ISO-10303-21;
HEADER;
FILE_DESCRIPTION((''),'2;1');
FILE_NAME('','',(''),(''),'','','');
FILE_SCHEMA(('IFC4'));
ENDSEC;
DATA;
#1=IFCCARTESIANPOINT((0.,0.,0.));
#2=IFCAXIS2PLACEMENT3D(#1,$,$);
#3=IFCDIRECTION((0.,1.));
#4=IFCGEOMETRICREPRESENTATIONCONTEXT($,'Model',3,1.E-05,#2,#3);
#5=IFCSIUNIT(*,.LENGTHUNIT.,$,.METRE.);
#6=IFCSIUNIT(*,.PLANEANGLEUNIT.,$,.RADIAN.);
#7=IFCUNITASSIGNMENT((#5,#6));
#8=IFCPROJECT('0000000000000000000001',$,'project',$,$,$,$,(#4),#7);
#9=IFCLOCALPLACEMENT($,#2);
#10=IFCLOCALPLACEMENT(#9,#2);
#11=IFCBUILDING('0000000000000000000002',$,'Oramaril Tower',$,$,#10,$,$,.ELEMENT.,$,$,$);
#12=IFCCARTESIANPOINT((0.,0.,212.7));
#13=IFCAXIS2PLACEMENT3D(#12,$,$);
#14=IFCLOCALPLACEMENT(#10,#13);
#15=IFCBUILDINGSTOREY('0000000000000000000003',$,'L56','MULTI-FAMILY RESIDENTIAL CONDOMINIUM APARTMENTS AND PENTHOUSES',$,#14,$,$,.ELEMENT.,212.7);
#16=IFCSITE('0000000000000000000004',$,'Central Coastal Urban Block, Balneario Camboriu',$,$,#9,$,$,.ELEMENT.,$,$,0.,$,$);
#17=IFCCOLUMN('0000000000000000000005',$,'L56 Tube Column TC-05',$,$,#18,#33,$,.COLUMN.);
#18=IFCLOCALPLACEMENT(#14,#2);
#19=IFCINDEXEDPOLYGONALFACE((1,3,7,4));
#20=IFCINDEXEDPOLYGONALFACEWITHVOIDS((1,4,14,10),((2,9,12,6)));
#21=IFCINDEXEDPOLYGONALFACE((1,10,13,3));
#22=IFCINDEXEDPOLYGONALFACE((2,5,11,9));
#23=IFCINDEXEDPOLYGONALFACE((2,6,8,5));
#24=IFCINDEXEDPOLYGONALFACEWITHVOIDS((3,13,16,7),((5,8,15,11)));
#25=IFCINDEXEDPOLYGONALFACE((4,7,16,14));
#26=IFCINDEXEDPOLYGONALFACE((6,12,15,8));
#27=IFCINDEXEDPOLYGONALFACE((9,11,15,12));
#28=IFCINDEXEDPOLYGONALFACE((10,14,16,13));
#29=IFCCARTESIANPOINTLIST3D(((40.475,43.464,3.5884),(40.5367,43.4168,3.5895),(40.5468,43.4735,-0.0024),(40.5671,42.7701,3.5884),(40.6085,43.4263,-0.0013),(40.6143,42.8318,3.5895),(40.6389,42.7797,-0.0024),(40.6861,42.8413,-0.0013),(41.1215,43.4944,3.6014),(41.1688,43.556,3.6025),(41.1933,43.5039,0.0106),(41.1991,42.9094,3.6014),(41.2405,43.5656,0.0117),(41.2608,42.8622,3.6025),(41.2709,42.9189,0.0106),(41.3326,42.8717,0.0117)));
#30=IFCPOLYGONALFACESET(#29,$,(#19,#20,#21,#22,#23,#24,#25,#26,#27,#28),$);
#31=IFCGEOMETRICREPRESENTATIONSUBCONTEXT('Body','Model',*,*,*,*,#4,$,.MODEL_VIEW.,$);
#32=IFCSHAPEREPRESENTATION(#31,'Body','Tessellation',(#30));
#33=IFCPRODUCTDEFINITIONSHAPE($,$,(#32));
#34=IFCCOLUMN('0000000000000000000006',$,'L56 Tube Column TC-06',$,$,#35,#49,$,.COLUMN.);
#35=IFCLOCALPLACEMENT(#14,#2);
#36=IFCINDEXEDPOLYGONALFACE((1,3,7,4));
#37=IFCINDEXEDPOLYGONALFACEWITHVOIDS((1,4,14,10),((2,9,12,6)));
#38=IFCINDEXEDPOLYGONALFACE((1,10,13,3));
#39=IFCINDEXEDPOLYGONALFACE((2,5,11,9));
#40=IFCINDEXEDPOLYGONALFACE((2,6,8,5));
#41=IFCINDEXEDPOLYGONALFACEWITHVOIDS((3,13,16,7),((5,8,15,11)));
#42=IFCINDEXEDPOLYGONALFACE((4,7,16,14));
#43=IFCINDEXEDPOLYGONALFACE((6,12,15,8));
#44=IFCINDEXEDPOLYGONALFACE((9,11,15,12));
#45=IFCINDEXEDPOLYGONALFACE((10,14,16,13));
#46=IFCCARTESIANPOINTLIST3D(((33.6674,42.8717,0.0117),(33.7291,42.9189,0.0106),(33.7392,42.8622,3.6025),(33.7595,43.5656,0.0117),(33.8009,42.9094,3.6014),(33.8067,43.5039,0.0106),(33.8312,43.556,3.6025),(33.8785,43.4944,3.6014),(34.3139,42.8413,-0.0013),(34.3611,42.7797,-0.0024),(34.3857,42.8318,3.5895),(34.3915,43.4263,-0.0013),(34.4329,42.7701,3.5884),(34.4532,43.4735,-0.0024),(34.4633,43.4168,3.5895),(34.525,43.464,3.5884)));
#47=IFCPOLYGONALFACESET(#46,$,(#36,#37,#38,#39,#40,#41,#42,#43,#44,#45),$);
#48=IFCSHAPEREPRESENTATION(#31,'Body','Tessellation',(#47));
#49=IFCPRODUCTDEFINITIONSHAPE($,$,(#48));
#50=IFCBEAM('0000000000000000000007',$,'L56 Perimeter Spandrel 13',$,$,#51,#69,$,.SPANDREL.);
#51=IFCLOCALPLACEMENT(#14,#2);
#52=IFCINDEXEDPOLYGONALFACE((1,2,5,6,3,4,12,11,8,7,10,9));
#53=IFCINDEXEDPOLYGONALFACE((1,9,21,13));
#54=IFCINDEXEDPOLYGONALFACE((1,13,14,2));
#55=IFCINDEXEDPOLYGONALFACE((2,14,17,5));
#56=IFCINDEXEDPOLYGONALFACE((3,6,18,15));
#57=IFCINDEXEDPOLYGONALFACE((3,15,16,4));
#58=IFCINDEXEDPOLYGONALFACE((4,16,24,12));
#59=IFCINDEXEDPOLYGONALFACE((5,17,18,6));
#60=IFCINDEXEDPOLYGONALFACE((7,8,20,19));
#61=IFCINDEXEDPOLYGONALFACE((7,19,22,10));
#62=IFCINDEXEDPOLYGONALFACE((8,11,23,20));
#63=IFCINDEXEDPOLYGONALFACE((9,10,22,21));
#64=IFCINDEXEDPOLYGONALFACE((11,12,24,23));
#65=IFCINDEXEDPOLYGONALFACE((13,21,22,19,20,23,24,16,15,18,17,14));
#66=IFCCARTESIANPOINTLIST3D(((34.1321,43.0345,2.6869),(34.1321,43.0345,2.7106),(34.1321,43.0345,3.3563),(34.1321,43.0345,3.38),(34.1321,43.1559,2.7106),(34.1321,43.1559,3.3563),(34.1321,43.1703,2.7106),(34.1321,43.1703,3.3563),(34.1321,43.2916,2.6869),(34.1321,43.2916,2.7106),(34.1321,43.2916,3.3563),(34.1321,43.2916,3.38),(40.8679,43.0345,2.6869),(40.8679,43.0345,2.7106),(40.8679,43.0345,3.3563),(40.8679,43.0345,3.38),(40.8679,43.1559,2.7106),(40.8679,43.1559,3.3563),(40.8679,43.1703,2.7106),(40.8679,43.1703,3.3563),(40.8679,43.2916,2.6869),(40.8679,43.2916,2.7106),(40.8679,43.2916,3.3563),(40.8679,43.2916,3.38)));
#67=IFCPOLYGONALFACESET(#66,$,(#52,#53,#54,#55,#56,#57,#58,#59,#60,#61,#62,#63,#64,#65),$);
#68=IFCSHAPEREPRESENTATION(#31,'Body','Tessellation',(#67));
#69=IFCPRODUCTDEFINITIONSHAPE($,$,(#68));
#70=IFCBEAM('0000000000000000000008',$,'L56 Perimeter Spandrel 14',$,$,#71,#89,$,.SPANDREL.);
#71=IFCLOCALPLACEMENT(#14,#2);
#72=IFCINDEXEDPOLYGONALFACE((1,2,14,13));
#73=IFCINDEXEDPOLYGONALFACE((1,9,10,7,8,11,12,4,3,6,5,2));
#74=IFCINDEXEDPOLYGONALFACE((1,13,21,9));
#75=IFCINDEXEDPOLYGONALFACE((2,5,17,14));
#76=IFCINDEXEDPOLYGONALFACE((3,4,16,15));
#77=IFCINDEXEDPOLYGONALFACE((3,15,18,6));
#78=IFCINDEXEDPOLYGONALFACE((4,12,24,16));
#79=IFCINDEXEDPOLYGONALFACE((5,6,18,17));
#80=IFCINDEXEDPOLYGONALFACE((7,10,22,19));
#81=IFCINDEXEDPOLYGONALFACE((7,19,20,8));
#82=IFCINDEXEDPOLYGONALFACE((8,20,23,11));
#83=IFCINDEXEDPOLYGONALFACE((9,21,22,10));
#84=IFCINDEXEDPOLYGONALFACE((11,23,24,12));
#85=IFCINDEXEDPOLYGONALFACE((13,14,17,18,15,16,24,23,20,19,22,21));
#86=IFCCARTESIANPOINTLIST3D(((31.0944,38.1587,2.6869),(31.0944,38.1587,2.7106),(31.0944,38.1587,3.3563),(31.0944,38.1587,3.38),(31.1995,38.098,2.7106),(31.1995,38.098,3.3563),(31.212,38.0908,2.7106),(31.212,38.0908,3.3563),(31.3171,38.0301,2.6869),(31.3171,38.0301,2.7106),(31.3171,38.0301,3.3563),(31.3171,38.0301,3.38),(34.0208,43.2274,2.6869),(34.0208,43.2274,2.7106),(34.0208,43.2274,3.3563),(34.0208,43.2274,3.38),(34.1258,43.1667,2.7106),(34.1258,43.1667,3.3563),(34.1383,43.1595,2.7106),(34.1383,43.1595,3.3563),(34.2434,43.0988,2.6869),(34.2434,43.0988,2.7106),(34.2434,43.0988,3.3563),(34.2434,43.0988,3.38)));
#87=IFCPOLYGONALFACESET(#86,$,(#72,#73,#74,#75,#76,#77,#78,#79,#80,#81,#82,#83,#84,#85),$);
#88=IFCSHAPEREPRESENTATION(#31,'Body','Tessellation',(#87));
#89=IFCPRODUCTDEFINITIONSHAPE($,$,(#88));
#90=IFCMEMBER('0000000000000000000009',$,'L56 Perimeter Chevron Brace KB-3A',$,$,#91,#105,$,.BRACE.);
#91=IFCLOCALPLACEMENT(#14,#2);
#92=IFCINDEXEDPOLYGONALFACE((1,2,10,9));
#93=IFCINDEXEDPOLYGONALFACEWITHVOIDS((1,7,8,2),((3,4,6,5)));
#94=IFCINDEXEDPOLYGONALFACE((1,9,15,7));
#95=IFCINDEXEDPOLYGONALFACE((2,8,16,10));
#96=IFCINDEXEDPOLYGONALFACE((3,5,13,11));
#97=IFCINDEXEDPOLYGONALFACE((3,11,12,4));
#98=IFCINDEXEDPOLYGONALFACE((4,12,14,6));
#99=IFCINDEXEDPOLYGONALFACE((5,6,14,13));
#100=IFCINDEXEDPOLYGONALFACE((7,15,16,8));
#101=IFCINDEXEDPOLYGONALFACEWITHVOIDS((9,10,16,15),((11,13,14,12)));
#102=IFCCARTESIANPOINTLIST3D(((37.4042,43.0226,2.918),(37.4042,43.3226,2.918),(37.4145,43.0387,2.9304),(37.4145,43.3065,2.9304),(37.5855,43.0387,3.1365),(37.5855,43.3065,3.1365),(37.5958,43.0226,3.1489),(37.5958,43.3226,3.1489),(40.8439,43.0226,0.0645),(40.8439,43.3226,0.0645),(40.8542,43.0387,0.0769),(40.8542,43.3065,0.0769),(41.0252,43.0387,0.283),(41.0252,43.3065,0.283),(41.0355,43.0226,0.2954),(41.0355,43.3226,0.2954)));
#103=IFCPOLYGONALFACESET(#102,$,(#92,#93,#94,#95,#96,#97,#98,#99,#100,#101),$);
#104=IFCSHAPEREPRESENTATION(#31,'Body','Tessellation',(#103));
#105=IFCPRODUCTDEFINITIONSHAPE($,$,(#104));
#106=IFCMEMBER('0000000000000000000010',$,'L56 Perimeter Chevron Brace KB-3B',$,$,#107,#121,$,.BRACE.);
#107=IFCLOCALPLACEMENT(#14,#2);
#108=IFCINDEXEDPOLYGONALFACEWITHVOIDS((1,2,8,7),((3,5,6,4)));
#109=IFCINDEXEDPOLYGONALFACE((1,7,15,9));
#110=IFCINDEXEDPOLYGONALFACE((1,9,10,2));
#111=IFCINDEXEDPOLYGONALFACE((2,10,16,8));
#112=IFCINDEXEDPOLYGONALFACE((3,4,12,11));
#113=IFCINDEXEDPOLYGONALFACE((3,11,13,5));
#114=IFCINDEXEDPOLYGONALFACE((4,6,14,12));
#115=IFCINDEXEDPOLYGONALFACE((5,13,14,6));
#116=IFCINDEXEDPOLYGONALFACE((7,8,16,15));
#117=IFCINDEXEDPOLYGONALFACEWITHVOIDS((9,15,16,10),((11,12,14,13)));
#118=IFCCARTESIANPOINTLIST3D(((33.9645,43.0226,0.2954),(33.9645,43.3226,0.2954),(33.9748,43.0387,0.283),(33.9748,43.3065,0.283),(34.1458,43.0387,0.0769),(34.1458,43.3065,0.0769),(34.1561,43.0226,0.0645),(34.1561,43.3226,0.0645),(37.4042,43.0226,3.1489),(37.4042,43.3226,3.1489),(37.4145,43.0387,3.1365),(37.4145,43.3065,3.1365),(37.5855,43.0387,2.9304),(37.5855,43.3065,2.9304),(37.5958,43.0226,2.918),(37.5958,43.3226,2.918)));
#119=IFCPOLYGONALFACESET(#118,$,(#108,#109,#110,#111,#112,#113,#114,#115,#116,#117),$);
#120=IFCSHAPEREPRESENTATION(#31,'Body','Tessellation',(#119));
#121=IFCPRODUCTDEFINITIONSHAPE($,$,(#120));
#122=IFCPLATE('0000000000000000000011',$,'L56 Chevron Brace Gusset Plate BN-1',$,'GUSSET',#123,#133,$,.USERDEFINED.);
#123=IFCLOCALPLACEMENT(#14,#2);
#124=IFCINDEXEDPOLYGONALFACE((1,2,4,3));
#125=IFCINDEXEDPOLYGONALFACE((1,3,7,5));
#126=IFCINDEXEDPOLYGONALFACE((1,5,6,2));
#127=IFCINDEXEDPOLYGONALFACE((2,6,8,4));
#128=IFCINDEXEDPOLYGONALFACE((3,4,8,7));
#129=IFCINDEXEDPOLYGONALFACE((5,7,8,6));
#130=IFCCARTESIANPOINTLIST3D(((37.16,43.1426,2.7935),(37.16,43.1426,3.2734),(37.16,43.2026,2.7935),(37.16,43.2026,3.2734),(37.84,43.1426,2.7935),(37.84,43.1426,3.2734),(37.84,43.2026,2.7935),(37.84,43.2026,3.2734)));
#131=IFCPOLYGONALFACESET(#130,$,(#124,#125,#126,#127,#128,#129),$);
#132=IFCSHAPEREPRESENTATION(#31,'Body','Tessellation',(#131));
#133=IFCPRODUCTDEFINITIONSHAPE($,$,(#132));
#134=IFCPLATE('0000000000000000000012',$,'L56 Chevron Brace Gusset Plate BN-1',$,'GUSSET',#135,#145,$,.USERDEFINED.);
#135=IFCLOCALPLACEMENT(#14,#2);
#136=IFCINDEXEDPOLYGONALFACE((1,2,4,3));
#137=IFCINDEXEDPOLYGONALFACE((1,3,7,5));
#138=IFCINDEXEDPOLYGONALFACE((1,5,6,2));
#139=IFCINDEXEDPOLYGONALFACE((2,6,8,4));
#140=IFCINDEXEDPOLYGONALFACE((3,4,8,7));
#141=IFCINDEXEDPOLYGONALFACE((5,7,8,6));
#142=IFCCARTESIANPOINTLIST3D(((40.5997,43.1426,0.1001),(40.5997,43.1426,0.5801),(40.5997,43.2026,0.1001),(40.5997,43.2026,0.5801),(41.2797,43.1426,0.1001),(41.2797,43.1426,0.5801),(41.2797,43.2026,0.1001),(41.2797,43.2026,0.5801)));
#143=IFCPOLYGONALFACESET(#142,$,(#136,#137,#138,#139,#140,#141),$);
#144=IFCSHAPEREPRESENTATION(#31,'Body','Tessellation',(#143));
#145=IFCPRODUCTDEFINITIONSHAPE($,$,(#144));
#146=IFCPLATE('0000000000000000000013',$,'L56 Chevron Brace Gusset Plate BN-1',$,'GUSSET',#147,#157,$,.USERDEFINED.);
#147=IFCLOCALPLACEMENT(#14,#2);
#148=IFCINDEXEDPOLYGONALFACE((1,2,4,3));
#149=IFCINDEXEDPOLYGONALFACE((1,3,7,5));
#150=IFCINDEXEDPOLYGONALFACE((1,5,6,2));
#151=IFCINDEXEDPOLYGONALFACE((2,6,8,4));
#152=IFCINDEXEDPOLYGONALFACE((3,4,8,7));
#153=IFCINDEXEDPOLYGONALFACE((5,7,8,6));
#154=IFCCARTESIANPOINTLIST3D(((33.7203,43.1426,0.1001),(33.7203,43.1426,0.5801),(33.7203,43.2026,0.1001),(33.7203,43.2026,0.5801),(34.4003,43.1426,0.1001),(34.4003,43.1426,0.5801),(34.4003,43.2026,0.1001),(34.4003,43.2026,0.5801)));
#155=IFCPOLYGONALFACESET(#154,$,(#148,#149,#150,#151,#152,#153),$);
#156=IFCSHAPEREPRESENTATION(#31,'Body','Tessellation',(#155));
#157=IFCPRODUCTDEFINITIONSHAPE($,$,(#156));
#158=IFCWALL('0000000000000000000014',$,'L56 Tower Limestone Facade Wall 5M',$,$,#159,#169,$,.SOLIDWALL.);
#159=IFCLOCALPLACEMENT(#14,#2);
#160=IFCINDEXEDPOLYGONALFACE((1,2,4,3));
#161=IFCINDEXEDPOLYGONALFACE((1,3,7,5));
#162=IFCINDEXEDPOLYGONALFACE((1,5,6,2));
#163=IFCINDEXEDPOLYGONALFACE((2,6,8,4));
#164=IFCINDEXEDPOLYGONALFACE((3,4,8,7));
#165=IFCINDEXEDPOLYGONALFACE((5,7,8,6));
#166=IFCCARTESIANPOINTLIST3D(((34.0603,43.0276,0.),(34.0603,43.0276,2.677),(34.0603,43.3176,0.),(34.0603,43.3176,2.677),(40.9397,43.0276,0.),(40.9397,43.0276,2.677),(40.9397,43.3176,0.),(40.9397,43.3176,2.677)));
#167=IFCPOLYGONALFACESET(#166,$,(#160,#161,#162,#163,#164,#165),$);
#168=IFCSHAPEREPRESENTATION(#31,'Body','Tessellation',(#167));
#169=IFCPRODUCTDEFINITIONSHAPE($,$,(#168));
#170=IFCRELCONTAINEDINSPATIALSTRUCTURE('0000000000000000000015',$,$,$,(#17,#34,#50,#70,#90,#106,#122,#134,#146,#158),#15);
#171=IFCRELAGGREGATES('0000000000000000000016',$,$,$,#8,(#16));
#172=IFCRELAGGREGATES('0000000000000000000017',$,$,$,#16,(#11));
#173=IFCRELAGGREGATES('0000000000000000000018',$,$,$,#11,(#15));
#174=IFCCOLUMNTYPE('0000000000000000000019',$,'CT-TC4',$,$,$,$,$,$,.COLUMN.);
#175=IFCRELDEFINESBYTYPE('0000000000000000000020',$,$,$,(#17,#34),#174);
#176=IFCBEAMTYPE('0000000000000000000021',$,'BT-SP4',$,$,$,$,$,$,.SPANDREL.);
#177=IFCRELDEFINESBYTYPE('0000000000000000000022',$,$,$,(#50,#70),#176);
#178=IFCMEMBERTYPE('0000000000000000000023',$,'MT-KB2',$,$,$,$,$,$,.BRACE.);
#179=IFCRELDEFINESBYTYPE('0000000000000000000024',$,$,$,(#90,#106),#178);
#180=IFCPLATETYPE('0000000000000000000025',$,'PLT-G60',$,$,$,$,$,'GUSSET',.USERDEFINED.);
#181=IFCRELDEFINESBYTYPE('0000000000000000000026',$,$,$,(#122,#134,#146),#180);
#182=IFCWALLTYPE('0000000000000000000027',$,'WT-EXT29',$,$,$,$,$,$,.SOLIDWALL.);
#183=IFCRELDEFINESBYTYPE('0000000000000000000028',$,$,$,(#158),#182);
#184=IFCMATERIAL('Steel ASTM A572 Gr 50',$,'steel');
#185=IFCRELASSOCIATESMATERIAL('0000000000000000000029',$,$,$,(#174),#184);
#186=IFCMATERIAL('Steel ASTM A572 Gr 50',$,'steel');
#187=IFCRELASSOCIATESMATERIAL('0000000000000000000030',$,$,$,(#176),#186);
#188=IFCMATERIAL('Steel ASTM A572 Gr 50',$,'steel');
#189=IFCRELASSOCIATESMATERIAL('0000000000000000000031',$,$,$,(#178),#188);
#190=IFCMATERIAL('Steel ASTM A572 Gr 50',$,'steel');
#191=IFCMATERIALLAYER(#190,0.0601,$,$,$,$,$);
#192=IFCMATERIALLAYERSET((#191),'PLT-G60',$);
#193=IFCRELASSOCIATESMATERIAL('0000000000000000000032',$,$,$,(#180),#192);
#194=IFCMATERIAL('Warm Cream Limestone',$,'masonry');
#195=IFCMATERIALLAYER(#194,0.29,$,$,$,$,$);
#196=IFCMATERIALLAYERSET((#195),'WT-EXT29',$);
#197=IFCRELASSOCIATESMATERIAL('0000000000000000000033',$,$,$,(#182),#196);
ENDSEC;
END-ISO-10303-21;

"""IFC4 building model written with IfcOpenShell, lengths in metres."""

from ifc_helpers import new_model, si_unit, direction, frame, frame_2d, origin, origin_2d, place, context, subcontext, project, spatial, rectangle, hollow_rectangle, i_section, extrude, material, layer, layer_set, material_profile, profile_set, type_object, element, save


model = new_model("IFC4")

# Units and contexts
model_context = context("Model", 3, precision=1e-05, world=origin(), true_north=direction((0.0, 1.0)))
body_context = subcontext(model_context, "Body", "Model", "MODEL_VIEW")
ifc_project = project(units=[si_unit("LENGTHUNIT", "METRE"), si_unit("PLANEANGLEUNIT", "RADIAN")], contexts=[model_context])

# Site, building, storey
site_placement = place(None, origin())
site = spatial("IfcSite", under=ifc_project, at=site_placement, Name="Central Coastal Urban Block, Balneario Camboriu", CompositionType="ELEMENT", RefElevation=0.0)
building_placement = place(site_placement, origin())
building = spatial("IfcBuilding", under=site, at=building_placement, Name="Oramaril Tower", CompositionType="ELEMENT")
storey_placement = place(building_placement, frame((0.0, 0.0, 212.7)))
storey = spatial("IfcBuildingStorey", under=building, at=storey_placement, Name="L56", Description="MULTI-FAMILY RESIDENTIAL CONDOMINIUM APARTMENTS AND PENTHOUSES", CompositionType="ELEMENT", Elevation=212.7)

# Columns
ifc_material_1 = material(Name="Steel ASTM A572 Gr 50", Category="steel")
ifc_material_profile_1 = material_profile(ifc_material_1, hollow_rectangle(XDim=0.7, YDim=0.7, WallThickness=0.0549, at=origin_2d()), Name="BOX700X700X55")
ifc_profile_set_1 = profile_set([ifc_material_profile_1], Name="Steel ASTM A572 Gr 50")
column_type = type_object("IfcColumnType", Name="CT-TC4", PredefinedType="COLUMN", material=ifc_profile_set_1)
for number, where, z_axis, x_axis, name in (
    (1, (40.9397, 43.1726, 0.0046), (-0.019985, -0.002651, 0.999797), (0.131501, -0.991316, 0.0), "L56 Tube Column TC-05"),
    (2, (34.0603, 43.1726, 0.0046), (0.019985, -0.002651, 0.999797), (0.131501, 0.991316, 0.0), "L56 Tube Column TC-06"),
):
    element("IfcColumn", number, at=place(storey_placement, frame(where, z_axis=z_axis, x_axis=x_axis)), inside=storey, type_object=column_type, Name=name, PredefinedType="COLUMN", context=body_context, shape_type="SweptSolid", body=[
        extrude(hollow_rectangle(XDim=0.7, YDim=0.7, WallThickness=0.0549, at=origin_2d()), origin(), (0.0, 0.0, 1.0), 3.5916),
    ])

# Beams
ifc_material_2 = material(Name="Steel ASTM A572 Gr 50", Category="steel")
ifc_material_profile_2 = material_profile(ifc_material_2, i_section(OverallWidth=0.2571, OverallDepth=0.6931, WebThickness=0.0144, FlangeThickness=0.0237, at=origin_2d()), Name="W27X114")
ifc_profile_set_2 = profile_set([ifc_material_profile_2], Name="Steel ASTM A572 Gr 50")
beam_type = type_object("IfcBeamType", Name="BT-SP4", PredefinedType="SPANDREL", material=ifc_profile_set_2)
beam_1_placement = place(storey_placement, frame((40.8679, 43.1631, 3.0334), z_axis=(-1.0, 0.0, 0.0), x_axis=(0.0, -1.0, 0.0)))
element("IfcBeam", 3, at=beam_1_placement, inside=storey, type_object=beam_type, Name="L56 Perimeter Spandrel 13", PredefinedType="SPANDREL", context=body_context, shape_type="SweptSolid", body=[
    extrude(i_section(OverallWidth=0.2571, OverallDepth=0.6931, WebThickness=0.0144, FlangeThickness=0.0237, at=origin_2d()), origin(), (0.0, 0.0, 1.0), 6.7358),
])
beam_2_placement = place(storey_placement, frame((34.1321, 43.1631, 3.0334), z_axis=(-0.499988, -0.866032, 0.0), x_axis=(0.866032, -0.499988, 0.0)))
element("IfcBeam", 4, at=beam_2_placement, inside=storey, type_object=beam_type, Name="L56 Perimeter Spandrel 14", PredefinedType="SPANDREL", context=body_context, shape_type="SweptSolid", body=[
    extrude(i_section(OverallWidth=0.2571, OverallDepth=0.6931, WebThickness=0.0144, FlangeThickness=0.0237, at=origin_2d()), origin(), (0.0, 0.0, 1.0), 5.8528),
])

# Members
ifc_material_3 = material(Name="Steel ASTM A572 Gr 50", Category="steel")
ifc_material_profile_3 = material_profile(ifc_material_3, hollow_rectangle(XDim=0.3, YDim=0.3, WallThickness=0.0161, at=origin_2d()), Name="HSS300X300X16")
ifc_profile_set_3 = profile_set([ifc_material_profile_3], Name="Steel ASTM A572 Gr 50")
member_type = type_object("IfcMemberType", Name="MT-KB2", PredefinedType="BRACE", material=ifc_profile_set_3)
for number, where, z_axis, x_axis, name in (
    (5, (40.9397, 43.1726, 0.1799), (-0.769639, 0.0, 0.63848), (0.0, -1.0, 0.0), "L56 Perimeter Chevron Brace KB-3A"),
    (6, (34.0603, 43.1726, 0.1799), (0.769639, 0.0, 0.63848), (0.0, 1.0, 0.0), "L56 Perimeter Chevron Brace KB-3B"),
):
    element("IfcMember", number, at=place(storey_placement, frame(where, z_axis=z_axis, x_axis=x_axis)), inside=storey, type_object=member_type, Name=name, PredefinedType="BRACE", context=body_context, shape_type="SweptSolid", body=[
        extrude(hollow_rectangle(XDim=0.3, YDim=0.3, WallThickness=0.0161, at=origin_2d()), origin(), (0.0, 0.0, 1.0), 4.4692),
    ])

# Plates
ifc_material_4 = material(Name="Steel ASTM A572 Gr 50", Category="steel")
ifc_layer_1 = layer(ifc_material_4, 0.0601)
ifc_layer_set_1 = layer_set([ifc_layer_1], Name="PLT-G60")
plate_type = type_object("IfcPlateType", Name="PLT-G60", ElementType="GUSSET", PredefinedType="USERDEFINED", material=ifc_layer_set_1)
for number, where, z_axis, x_axis, name in (
    (7, (37.5, 43.1726, 2.7935), (0.0, 0.0, 1.0), (-1.0, 0.0, 0.0), "L56 Chevron Brace Gusset Plate BN-1"),
    (8, (40.9397, 43.1726, 0.1001), (0.0, 0.0, 1.0), (-1.0, 0.0, 0.0), "L56 Chevron Brace Gusset Plate BN-1"),
    (9, (34.0603, 43.1726, 0.1001), (0.0, 0.0, 1.0), (-1.0, 0.0, 0.0), "L56 Chevron Brace Gusset Plate BN-1"),
):
    element("IfcPlate", number, at=place(storey_placement, frame(where, z_axis=z_axis, x_axis=x_axis)), inside=storey, type_object=plate_type, Name=name, ObjectType="GUSSET", PredefinedType="USERDEFINED", context=body_context, shape_type="SweptSolid", body=[
        extrude(rectangle(XDim=0.6799, YDim=0.0601, at=origin_2d()), origin(), (0.0, 0.0, 1.0), 0.48),
    ])

# Wall
ifc_material_5 = material(Name="Warm Cream Limestone", Category="masonry")
ifc_layer_2 = layer(ifc_material_5, 0.29)
ifc_layer_set_2 = layer_set([ifc_layer_2], Name="WT-EXT29")
wall_type_1 = type_object("IfcWallType", Name="WT-EXT29", PredefinedType="SOLIDWALL", material=ifc_layer_set_2)
wall_1_placement = place(storey_placement, frame((40.9397, 43.1726, 0.0), z_axis=(0.0, 0.0, 1.0), x_axis=(-1.0, 0.0, 0.0)))
element("IfcWall", 10, at=wall_1_placement, inside=storey, type_object=wall_type_1, Name="L56 Tower Limestone Facade Wall 5M", PredefinedType="SOLIDWALL", context=body_context, shape_type="SweptSolid", body=[
    extrude(rectangle(XDim=6.8794, YDim=0.29, at=frame_2d((3.4397, 0.0))), origin(), (0.0, 0.0, 1.0), 2.677),
])

save(model, "model.ifc")
